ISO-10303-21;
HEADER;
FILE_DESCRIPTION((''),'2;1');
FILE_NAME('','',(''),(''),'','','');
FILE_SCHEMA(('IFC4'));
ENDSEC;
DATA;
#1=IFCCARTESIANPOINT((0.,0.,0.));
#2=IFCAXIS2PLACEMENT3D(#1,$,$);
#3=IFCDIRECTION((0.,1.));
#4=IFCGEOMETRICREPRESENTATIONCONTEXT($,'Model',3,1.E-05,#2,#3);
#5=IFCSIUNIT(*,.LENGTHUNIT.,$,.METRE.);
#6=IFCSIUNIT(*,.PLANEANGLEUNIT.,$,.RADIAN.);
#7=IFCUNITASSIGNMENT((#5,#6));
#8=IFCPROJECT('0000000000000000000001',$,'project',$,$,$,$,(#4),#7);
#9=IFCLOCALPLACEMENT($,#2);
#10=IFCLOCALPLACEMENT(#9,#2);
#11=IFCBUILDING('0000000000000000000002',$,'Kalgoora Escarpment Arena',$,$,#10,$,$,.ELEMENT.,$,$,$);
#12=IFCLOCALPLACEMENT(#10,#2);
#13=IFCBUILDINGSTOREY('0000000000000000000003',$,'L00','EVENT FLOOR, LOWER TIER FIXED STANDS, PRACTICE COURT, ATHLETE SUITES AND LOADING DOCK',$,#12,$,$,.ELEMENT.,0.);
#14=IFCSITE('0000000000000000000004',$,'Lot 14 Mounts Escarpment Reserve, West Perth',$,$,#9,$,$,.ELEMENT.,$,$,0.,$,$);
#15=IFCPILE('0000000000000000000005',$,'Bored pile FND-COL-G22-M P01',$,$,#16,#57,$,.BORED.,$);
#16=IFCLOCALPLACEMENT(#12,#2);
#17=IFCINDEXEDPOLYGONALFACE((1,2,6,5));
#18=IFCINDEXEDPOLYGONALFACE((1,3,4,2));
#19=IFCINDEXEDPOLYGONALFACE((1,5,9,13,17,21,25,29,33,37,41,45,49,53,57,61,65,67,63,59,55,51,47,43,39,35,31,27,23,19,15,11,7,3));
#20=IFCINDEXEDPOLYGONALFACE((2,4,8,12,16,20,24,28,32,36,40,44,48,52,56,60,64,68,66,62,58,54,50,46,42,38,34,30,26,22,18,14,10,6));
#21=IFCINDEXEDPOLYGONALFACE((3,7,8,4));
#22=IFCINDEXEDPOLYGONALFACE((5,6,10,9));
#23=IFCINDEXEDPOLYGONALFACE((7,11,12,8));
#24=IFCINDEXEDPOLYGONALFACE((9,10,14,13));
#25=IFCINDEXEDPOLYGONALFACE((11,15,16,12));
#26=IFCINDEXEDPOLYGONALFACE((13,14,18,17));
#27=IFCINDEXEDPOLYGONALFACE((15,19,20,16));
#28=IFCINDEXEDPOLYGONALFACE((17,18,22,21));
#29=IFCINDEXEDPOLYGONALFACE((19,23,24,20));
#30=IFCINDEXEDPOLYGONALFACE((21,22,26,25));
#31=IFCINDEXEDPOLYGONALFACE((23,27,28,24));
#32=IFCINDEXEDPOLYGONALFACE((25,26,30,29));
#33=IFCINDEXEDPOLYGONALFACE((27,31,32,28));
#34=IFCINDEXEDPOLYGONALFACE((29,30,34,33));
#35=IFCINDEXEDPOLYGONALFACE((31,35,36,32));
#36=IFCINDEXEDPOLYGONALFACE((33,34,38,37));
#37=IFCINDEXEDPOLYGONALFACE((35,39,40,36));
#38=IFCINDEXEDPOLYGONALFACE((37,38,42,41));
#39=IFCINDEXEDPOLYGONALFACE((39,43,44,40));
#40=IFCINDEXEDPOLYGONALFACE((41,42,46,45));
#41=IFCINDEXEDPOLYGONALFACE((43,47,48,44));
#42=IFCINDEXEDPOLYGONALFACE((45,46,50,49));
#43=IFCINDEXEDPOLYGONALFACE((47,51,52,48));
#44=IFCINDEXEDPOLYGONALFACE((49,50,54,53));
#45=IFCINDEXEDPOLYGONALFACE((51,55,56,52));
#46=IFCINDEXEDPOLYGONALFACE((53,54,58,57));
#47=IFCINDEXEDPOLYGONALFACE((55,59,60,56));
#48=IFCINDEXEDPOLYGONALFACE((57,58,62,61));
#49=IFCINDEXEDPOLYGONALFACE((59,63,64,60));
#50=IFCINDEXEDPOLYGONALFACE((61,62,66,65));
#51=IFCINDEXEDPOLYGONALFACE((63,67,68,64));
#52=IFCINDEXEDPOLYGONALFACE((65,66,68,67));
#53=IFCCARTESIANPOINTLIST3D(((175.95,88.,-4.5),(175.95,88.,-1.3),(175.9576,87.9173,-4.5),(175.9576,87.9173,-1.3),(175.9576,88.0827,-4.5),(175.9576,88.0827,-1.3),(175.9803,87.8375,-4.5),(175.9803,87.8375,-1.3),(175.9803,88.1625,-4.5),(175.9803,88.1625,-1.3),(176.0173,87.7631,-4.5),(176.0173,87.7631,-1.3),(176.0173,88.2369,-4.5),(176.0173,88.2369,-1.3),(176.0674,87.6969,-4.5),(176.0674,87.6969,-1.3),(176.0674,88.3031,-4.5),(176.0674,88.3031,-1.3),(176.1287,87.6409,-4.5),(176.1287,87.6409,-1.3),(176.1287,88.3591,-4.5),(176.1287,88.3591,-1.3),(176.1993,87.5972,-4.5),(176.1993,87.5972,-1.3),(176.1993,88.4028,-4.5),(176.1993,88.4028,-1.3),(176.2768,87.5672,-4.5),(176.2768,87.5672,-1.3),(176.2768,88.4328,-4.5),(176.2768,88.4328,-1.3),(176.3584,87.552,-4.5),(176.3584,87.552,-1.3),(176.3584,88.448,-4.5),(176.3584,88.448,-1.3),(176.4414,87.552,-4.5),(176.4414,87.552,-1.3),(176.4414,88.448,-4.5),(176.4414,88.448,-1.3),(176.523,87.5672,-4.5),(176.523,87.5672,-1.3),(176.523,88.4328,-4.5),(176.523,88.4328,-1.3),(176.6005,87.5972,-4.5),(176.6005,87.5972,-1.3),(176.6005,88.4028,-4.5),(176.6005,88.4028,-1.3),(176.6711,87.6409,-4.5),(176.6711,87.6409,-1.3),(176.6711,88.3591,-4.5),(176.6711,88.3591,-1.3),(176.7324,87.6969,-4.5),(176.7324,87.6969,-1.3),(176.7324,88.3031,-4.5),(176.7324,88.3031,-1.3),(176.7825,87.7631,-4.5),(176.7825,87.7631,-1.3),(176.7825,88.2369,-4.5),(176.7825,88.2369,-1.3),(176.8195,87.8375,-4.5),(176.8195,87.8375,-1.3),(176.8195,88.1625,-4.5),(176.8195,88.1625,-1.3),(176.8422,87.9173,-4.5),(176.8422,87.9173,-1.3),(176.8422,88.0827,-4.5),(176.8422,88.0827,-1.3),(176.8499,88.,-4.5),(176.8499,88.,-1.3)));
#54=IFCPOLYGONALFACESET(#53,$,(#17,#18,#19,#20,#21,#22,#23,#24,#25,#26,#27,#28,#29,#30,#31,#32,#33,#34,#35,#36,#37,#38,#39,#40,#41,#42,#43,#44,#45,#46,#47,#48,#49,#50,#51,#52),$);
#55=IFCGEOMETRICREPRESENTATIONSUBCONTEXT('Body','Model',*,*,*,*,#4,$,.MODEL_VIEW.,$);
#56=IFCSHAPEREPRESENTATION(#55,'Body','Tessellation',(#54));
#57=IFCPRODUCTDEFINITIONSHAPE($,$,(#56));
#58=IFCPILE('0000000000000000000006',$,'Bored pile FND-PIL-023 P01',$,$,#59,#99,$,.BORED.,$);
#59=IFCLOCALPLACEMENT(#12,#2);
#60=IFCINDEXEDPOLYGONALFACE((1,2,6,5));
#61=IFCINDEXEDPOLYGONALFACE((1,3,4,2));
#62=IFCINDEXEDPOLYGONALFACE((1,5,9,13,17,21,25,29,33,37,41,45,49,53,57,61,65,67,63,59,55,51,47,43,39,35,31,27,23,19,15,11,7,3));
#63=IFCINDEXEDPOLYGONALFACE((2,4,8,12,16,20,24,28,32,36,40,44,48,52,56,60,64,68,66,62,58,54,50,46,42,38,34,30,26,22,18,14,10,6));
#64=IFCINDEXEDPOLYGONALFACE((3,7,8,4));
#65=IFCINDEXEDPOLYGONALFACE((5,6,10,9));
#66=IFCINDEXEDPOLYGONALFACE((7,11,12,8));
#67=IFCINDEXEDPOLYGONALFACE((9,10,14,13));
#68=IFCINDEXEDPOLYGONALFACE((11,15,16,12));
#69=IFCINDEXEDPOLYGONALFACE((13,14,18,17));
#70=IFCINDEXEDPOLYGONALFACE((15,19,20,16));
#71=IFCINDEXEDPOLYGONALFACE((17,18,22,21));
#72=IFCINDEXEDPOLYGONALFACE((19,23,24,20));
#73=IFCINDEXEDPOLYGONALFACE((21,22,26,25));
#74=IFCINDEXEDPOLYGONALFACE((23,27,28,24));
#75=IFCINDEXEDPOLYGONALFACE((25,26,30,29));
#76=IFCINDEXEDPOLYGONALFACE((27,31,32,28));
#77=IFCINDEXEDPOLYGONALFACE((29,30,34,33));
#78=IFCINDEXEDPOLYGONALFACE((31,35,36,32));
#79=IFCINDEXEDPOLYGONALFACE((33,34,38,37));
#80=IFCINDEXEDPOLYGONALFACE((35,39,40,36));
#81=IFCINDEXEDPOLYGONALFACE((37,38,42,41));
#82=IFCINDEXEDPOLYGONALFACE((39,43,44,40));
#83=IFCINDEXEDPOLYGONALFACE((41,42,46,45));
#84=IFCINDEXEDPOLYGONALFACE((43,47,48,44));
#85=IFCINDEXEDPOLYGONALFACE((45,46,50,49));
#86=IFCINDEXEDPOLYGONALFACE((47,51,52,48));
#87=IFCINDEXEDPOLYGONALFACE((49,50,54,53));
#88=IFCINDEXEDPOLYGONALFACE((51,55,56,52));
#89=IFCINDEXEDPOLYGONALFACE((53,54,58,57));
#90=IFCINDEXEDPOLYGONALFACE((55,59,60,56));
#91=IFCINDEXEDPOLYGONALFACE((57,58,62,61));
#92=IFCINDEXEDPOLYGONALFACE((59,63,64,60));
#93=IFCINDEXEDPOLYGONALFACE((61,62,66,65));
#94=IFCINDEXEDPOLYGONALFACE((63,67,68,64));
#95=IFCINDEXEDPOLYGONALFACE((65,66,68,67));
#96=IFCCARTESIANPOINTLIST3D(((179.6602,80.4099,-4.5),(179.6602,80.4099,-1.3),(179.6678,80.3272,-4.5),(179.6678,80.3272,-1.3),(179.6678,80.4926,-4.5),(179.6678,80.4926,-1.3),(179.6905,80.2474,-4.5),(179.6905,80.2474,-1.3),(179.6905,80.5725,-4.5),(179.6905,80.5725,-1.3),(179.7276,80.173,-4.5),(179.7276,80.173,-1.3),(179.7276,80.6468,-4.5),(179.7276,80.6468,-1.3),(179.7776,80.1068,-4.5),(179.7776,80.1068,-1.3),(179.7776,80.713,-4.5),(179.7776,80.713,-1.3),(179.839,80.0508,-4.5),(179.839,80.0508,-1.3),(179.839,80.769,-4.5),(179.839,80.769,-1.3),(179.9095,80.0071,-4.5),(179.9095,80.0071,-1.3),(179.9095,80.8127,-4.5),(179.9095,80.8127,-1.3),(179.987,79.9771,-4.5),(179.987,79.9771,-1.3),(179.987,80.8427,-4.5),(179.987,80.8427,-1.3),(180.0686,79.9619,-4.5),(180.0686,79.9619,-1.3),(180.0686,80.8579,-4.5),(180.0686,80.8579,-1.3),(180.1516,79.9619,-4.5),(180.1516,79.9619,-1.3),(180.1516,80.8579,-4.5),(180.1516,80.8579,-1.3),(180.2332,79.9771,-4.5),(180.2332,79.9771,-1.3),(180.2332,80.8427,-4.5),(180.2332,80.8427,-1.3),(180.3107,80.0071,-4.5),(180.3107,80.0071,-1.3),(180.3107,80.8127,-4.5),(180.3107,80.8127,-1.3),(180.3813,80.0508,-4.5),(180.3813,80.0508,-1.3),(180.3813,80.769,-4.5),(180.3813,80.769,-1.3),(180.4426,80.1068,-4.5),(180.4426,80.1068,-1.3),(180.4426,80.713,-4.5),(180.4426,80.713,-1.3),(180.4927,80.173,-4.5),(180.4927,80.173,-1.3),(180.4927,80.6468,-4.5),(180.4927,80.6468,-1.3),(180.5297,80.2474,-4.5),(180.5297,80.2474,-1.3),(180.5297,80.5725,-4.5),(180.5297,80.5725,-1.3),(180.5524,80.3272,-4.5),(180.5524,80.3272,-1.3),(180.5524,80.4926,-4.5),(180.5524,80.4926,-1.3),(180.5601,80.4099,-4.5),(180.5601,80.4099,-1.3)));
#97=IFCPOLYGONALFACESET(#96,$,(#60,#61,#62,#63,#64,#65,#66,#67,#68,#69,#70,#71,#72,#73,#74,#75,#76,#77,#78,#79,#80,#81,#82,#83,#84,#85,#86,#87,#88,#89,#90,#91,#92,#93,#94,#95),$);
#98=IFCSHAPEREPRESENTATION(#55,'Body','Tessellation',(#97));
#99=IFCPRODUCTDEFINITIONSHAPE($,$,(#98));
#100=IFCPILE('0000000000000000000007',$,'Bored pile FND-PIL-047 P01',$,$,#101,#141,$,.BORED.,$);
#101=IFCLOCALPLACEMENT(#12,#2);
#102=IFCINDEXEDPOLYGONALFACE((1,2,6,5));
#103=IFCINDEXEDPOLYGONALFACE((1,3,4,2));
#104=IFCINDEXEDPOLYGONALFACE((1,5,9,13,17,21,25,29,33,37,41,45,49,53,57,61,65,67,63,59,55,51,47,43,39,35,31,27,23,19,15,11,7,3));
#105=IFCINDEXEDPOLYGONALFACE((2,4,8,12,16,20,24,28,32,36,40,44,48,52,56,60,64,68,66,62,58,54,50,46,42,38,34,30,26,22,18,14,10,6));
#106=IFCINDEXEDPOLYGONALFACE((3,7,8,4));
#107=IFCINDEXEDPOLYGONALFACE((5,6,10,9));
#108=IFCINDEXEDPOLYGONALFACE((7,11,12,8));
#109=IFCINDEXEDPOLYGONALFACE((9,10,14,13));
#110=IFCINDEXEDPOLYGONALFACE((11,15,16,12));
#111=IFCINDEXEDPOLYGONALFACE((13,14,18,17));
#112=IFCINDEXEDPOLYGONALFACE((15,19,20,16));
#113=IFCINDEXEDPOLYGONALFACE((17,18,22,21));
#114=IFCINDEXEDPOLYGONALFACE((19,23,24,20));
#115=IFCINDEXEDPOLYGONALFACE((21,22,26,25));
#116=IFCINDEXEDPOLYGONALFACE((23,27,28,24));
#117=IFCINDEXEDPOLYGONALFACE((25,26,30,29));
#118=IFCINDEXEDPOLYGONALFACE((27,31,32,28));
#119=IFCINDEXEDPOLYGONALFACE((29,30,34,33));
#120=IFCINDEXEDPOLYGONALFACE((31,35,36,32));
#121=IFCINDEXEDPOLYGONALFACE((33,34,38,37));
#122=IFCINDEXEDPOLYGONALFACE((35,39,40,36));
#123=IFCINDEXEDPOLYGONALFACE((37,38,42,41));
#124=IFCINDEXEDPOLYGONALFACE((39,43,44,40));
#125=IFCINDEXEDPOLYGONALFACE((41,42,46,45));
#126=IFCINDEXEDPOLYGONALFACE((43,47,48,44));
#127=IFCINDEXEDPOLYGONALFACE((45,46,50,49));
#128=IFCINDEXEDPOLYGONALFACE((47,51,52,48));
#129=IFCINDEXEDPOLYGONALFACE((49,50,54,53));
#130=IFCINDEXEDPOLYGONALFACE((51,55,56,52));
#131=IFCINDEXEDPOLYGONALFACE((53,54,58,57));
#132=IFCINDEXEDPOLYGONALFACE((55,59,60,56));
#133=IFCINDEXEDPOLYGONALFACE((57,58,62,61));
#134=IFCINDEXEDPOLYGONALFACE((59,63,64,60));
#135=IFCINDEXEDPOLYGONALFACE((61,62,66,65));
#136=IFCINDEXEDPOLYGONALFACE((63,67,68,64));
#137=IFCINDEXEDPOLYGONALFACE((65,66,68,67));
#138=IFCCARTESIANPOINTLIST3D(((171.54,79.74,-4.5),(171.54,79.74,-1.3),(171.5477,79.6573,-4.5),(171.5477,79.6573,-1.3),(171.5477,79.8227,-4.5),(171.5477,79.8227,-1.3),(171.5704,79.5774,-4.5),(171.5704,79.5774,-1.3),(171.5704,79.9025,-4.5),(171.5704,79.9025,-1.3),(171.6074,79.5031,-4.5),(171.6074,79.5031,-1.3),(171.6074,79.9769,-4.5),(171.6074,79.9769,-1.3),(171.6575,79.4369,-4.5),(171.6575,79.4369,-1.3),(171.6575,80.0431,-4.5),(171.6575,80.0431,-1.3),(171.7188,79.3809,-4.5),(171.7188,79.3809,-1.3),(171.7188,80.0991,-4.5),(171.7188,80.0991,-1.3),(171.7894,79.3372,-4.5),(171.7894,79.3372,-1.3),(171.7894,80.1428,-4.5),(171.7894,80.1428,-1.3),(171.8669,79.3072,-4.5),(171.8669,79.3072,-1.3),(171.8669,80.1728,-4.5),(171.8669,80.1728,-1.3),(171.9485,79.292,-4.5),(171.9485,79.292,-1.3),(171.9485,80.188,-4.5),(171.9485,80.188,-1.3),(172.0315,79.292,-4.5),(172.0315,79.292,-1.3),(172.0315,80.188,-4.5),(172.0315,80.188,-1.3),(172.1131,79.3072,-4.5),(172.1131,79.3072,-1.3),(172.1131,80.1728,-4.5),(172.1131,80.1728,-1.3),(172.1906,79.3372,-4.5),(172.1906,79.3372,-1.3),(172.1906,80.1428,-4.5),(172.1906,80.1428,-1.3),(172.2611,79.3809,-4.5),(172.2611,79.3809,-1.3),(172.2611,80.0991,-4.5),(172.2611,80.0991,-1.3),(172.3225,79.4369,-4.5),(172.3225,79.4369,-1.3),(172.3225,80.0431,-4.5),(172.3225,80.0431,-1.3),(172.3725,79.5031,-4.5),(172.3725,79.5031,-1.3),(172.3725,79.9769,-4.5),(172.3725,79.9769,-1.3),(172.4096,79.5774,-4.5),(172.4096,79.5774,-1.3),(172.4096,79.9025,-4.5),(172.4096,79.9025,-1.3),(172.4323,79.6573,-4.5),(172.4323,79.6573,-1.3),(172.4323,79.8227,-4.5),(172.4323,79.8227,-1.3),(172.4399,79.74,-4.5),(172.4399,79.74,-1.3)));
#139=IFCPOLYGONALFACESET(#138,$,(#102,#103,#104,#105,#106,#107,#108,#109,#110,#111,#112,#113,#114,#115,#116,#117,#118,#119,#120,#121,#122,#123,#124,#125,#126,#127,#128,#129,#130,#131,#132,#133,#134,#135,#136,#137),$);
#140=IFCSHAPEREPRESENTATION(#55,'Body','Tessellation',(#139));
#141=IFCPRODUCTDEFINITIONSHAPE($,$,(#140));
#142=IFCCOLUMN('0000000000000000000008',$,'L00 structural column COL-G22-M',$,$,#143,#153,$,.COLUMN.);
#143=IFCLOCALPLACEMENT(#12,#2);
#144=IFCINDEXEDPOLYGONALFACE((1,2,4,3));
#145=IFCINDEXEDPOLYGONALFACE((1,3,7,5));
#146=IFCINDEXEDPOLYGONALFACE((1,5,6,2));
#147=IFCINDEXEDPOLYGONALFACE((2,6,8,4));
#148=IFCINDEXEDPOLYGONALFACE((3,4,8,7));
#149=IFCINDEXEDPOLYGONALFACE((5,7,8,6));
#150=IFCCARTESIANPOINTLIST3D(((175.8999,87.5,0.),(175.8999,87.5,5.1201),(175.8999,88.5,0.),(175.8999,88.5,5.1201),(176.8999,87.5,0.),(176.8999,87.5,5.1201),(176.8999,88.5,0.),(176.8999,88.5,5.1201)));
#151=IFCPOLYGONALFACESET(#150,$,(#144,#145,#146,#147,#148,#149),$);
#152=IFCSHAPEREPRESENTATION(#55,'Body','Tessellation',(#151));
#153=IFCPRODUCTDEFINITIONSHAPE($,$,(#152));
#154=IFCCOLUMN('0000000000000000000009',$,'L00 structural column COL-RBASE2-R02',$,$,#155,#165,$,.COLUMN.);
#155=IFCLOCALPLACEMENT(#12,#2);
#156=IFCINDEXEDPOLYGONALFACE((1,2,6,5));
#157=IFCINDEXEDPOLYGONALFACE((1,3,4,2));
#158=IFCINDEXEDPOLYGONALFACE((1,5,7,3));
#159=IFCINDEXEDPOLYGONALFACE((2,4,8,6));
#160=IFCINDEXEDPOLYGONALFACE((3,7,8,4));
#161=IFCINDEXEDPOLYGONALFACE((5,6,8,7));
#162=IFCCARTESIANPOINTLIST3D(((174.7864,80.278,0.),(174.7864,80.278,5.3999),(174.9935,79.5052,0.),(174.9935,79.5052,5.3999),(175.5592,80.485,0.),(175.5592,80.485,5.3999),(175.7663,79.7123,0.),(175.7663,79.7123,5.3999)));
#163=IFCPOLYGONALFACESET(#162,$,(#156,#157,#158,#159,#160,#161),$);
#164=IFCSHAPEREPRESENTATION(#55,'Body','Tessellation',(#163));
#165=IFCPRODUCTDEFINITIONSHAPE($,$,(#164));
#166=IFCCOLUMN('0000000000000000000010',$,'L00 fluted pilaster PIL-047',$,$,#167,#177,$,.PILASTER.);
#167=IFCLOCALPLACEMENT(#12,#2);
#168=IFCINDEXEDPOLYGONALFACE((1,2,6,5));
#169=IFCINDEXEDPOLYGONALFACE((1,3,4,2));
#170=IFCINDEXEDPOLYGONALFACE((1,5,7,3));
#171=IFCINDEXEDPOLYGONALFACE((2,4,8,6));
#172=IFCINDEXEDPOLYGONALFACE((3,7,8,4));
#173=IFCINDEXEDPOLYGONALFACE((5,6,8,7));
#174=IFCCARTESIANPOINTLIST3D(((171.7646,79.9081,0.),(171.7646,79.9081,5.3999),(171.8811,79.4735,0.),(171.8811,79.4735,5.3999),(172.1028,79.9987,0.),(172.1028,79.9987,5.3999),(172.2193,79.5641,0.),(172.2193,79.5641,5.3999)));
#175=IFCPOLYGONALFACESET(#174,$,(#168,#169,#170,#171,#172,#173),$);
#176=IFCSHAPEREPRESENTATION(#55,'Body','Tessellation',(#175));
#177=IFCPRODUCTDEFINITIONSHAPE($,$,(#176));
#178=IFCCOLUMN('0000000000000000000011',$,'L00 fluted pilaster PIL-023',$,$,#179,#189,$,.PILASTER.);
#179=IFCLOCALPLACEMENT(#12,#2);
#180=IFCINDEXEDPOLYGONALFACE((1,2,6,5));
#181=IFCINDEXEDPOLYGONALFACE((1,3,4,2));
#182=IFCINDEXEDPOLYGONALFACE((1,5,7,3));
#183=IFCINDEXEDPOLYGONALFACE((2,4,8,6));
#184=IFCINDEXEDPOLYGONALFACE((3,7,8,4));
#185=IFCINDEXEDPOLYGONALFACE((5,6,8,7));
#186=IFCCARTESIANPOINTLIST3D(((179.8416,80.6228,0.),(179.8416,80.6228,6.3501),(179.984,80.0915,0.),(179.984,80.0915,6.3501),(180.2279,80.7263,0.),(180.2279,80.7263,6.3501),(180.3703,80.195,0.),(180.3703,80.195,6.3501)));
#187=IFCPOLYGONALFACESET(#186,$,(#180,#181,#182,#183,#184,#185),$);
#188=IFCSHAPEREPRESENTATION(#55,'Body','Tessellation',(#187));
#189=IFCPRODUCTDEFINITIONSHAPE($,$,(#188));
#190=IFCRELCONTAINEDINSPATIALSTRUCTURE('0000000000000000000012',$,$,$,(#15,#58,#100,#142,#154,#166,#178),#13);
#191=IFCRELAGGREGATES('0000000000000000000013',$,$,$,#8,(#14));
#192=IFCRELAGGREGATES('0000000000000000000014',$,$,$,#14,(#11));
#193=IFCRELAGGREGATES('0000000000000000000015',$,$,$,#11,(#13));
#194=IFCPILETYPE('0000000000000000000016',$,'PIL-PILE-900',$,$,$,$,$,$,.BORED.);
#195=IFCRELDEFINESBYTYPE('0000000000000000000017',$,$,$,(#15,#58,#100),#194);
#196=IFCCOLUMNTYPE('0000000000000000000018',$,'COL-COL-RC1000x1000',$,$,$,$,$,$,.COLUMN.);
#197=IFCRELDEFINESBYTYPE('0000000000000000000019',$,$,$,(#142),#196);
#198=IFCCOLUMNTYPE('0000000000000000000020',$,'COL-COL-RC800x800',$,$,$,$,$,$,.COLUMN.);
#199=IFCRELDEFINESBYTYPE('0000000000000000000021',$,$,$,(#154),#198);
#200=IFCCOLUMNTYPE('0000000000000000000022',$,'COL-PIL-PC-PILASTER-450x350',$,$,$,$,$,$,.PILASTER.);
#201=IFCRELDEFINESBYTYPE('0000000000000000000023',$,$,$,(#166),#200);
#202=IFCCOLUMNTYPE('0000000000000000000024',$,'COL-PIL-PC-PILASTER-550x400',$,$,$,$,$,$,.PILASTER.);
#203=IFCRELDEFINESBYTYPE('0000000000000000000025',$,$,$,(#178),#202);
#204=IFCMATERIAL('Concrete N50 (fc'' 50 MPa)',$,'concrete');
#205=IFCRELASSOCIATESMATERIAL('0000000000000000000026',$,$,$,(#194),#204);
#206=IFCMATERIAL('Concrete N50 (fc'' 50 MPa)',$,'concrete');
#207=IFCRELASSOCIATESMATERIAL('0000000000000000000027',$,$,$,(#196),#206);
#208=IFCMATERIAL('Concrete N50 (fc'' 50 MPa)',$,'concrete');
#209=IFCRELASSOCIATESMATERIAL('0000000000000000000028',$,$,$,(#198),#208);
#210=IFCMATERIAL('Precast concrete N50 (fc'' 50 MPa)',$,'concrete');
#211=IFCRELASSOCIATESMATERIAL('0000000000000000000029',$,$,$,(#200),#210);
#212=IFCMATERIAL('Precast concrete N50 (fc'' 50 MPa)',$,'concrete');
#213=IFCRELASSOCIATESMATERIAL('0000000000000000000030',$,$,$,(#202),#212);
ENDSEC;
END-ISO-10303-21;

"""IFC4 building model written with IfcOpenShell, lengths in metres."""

from ifc_helpers import new_model, si_unit, direction, frame, origin, origin_2d, place, context, subcontext, project, spatial, rectangle, circle, extrude, material, material_profile, profile_set, type_object, element, save


model = new_model("IFC4")

# Units and contexts
model_context = context("Model", 3, precision=1e-05, world=origin(), true_north=direction((0.0, 1.0)))
body_context = subcontext(model_context, "Body", "Model", "MODEL_VIEW")
ifc_project = project(units=[si_unit("LENGTHUNIT", "METRE"), si_unit("PLANEANGLEUNIT", "RADIAN")], contexts=[model_context])

# Site, building, storey
site_placement = place(None, origin())
site = spatial("IfcSite", under=ifc_project, at=site_placement, Name="Lot 14 Mounts Escarpment Reserve, West Perth", CompositionType="ELEMENT", RefElevation=0.0)
building_placement = place(site_placement, origin())
building = spatial("IfcBuilding", under=site, at=building_placement, Name="Kalgoora Escarpment Arena", CompositionType="ELEMENT")
storey_placement = place(building_placement, origin())
storey = spatial("IfcBuildingStorey", under=building, at=storey_placement, Name="L00", Description="EVENT FLOOR, LOWER TIER FIXED STANDS, PRACTICE COURT, ATHLETE SUITES AND LOADING DOCK", CompositionType="ELEMENT", Elevation=0.0)

# Piles
ifc_material_1 = material(Name="Concrete N50 (fc' 50 MPa)", Category="concrete")
ifc_material_profile_1 = material_profile(ifc_material_1, circle(Radius=0.45, at=origin_2d()))
ifc_profile_set_1 = profile_set([ifc_material_profile_1], Name="Concrete N50 (fc' 50 MPa)")
pile_type_1 = type_object("IfcPileType", Name="PIL-PILE-900", PredefinedType="BORED", material=ifc_profile_set_1)
for number, where, z_axis, x_axis, name in (
    (1, (176.3999, 88.0, -1.3), (0.0, 0.0, -1.0), (1.0, 0.0, 0.0), "Bored pile FND-COL-G22-M P01"),
    (2, (180.1101, 80.4099, -1.3), (0.0, 0.0, -1.0), (1.0, 0.0, 0.0), "Bored pile FND-PIL-023 P01"),
    (3, (171.99, 79.74, -1.3), (0.0, 0.0, -1.0), (1.0, 0.0, 0.0), "Bored pile FND-PIL-047 P01"),
):
    element("IfcPile", number, at=place(storey_placement, frame(where, z_axis=z_axis, x_axis=x_axis)), inside=storey, type_object=pile_type_1, Name=name, PredefinedType="BORED", context=body_context, shape_type="SweptSolid", body=[
        extrude(circle(Radius=0.45, at=origin_2d()), origin(), (0.0, 0.0, 1.0), 3.2),
    ])

# Columns
ifc_material_2 = material(Name="Concrete N50 (fc' 50 MPa)", Category="concrete")
ifc_material_profile_2 = material_profile(ifc_material_2, rectangle(XDim=1.0, YDim=1.0, at=origin_2d()))
ifc_profile_set_2 = profile_set([ifc_material_profile_2], Name="Concrete N50 (fc' 50 MPa)")
column_type_1 = type_object("IfcColumnType", Name="COL-COL-RC1000x1000", PredefinedType="COLUMN", material=ifc_profile_set_2)
column_1_placement = place(storey_placement, frame((176.3999, 88.0, 0.0), z_axis=(0.0, 0.0, 1.0), x_axis=(1.0, 0.0, 0.0)))
element("IfcColumn", 4, at=column_1_placement, inside=storey, type_object=column_type_1, Name="L00 structural column COL-G22-M", PredefinedType="COLUMN", context=body_context, shape_type="SweptSolid", body=[
    extrude(rectangle(XDim=1.0, YDim=1.0, at=origin_2d()), origin(), (0.0, 0.0, 1.0), 5.1201),
])
ifc_material_3 = material(Name="Concrete N50 (fc' 50 MPa)", Category="concrete")
ifc_material_profile_3 = material_profile(ifc_material_3, rectangle(XDim=0.8, YDim=0.8, at=origin_2d()))
ifc_profile_set_3 = profile_set([ifc_material_profile_3], Name="Concrete N50 (fc' 50 MPa)")
column_type_2 = type_object("IfcColumnType", Name="COL-COL-RC800x800", PredefinedType="COLUMN", material=ifc_profile_set_3)
column_2_placement = place(storey_placement, frame((175.2764, 79.9951, 0.0), z_axis=(0.0, 0.0, 1.0), x_axis=(0.965926, 0.258819, 0.0)))
element("IfcColumn", 5, at=column_2_placement, inside=storey, type_object=column_type_2, Name="L00 structural column COL-RBASE2-R02", PredefinedType="COLUMN", context=body_context, shape_type="SweptSolid", body=[
    extrude(rectangle(XDim=0.8, YDim=0.8, at=origin_2d()), origin(), (0.0, 0.0, 1.0), 5.3999),
])
ifc_material_4 = material(Name="Precast concrete N50 (fc' 50 MPa)", Category="concrete")
ifc_material_profile_4 = material_profile(ifc_material_4, rectangle(XDim=0.3501, YDim=0.45, at=origin_2d()))
ifc_profile_set_4 = profile_set([ifc_material_profile_4], Name="Precast concrete N50 (fc' 50 MPa)")
column_type_3 = type_object("IfcColumnType", Name="COL-PIL-PC-PILASTER-450x350", PredefinedType="PILASTER", material=ifc_profile_set_4)
column_3_placement = place(storey_placement, frame((171.9919, 79.7361, 0.0), z_axis=(0.0, 0.0, 1.0), x_axis=(0.965926, 0.258819, 0.0)))
element("IfcColumn", 6, at=column_3_placement, inside=storey, type_object=column_type_3, Name="L00 fluted pilaster PIL-047", PredefinedType="PILASTER", context=body_context, shape_type="SweptSolid", body=[
    extrude(rectangle(XDim=0.3501, YDim=0.45, at=origin_2d()), origin(), (0.0, 0.0, 1.0), 5.3999),
])
ifc_material_5 = material(Name="Precast concrete N50 (fc' 50 MPa)", Category="concrete")
ifc_material_profile_5 = material_profile(ifc_material_5, rectangle(XDim=0.3999, YDim=0.55, at=origin_2d()))
ifc_profile_set_5 = profile_set([ifc_material_profile_5], Name="Precast concrete N50 (fc' 50 MPa)")
column_type_4 = type_object("IfcColumnType", Name="COL-PIL-PC-PILASTER-550x400", PredefinedType="PILASTER", material=ifc_profile_set_5)
column_4_placement = place(storey_placement, frame((180.106, 80.4089, 0.0), z_axis=(0.0, 0.0, 1.0), x_axis=(0.965926, 0.258819, 0.0)))
element("IfcColumn", 7, at=column_4_placement, inside=storey, type_object=column_type_4, Name="L00 fluted pilaster PIL-023", PredefinedType="PILASTER", context=body_context, shape_type="SweptSolid", body=[
    extrude(rectangle(XDim=0.3999, YDim=0.55, at=origin_2d()), origin(), (0.0, 0.0, 1.0), 6.3501),
])

save(model, "model.ifc")
